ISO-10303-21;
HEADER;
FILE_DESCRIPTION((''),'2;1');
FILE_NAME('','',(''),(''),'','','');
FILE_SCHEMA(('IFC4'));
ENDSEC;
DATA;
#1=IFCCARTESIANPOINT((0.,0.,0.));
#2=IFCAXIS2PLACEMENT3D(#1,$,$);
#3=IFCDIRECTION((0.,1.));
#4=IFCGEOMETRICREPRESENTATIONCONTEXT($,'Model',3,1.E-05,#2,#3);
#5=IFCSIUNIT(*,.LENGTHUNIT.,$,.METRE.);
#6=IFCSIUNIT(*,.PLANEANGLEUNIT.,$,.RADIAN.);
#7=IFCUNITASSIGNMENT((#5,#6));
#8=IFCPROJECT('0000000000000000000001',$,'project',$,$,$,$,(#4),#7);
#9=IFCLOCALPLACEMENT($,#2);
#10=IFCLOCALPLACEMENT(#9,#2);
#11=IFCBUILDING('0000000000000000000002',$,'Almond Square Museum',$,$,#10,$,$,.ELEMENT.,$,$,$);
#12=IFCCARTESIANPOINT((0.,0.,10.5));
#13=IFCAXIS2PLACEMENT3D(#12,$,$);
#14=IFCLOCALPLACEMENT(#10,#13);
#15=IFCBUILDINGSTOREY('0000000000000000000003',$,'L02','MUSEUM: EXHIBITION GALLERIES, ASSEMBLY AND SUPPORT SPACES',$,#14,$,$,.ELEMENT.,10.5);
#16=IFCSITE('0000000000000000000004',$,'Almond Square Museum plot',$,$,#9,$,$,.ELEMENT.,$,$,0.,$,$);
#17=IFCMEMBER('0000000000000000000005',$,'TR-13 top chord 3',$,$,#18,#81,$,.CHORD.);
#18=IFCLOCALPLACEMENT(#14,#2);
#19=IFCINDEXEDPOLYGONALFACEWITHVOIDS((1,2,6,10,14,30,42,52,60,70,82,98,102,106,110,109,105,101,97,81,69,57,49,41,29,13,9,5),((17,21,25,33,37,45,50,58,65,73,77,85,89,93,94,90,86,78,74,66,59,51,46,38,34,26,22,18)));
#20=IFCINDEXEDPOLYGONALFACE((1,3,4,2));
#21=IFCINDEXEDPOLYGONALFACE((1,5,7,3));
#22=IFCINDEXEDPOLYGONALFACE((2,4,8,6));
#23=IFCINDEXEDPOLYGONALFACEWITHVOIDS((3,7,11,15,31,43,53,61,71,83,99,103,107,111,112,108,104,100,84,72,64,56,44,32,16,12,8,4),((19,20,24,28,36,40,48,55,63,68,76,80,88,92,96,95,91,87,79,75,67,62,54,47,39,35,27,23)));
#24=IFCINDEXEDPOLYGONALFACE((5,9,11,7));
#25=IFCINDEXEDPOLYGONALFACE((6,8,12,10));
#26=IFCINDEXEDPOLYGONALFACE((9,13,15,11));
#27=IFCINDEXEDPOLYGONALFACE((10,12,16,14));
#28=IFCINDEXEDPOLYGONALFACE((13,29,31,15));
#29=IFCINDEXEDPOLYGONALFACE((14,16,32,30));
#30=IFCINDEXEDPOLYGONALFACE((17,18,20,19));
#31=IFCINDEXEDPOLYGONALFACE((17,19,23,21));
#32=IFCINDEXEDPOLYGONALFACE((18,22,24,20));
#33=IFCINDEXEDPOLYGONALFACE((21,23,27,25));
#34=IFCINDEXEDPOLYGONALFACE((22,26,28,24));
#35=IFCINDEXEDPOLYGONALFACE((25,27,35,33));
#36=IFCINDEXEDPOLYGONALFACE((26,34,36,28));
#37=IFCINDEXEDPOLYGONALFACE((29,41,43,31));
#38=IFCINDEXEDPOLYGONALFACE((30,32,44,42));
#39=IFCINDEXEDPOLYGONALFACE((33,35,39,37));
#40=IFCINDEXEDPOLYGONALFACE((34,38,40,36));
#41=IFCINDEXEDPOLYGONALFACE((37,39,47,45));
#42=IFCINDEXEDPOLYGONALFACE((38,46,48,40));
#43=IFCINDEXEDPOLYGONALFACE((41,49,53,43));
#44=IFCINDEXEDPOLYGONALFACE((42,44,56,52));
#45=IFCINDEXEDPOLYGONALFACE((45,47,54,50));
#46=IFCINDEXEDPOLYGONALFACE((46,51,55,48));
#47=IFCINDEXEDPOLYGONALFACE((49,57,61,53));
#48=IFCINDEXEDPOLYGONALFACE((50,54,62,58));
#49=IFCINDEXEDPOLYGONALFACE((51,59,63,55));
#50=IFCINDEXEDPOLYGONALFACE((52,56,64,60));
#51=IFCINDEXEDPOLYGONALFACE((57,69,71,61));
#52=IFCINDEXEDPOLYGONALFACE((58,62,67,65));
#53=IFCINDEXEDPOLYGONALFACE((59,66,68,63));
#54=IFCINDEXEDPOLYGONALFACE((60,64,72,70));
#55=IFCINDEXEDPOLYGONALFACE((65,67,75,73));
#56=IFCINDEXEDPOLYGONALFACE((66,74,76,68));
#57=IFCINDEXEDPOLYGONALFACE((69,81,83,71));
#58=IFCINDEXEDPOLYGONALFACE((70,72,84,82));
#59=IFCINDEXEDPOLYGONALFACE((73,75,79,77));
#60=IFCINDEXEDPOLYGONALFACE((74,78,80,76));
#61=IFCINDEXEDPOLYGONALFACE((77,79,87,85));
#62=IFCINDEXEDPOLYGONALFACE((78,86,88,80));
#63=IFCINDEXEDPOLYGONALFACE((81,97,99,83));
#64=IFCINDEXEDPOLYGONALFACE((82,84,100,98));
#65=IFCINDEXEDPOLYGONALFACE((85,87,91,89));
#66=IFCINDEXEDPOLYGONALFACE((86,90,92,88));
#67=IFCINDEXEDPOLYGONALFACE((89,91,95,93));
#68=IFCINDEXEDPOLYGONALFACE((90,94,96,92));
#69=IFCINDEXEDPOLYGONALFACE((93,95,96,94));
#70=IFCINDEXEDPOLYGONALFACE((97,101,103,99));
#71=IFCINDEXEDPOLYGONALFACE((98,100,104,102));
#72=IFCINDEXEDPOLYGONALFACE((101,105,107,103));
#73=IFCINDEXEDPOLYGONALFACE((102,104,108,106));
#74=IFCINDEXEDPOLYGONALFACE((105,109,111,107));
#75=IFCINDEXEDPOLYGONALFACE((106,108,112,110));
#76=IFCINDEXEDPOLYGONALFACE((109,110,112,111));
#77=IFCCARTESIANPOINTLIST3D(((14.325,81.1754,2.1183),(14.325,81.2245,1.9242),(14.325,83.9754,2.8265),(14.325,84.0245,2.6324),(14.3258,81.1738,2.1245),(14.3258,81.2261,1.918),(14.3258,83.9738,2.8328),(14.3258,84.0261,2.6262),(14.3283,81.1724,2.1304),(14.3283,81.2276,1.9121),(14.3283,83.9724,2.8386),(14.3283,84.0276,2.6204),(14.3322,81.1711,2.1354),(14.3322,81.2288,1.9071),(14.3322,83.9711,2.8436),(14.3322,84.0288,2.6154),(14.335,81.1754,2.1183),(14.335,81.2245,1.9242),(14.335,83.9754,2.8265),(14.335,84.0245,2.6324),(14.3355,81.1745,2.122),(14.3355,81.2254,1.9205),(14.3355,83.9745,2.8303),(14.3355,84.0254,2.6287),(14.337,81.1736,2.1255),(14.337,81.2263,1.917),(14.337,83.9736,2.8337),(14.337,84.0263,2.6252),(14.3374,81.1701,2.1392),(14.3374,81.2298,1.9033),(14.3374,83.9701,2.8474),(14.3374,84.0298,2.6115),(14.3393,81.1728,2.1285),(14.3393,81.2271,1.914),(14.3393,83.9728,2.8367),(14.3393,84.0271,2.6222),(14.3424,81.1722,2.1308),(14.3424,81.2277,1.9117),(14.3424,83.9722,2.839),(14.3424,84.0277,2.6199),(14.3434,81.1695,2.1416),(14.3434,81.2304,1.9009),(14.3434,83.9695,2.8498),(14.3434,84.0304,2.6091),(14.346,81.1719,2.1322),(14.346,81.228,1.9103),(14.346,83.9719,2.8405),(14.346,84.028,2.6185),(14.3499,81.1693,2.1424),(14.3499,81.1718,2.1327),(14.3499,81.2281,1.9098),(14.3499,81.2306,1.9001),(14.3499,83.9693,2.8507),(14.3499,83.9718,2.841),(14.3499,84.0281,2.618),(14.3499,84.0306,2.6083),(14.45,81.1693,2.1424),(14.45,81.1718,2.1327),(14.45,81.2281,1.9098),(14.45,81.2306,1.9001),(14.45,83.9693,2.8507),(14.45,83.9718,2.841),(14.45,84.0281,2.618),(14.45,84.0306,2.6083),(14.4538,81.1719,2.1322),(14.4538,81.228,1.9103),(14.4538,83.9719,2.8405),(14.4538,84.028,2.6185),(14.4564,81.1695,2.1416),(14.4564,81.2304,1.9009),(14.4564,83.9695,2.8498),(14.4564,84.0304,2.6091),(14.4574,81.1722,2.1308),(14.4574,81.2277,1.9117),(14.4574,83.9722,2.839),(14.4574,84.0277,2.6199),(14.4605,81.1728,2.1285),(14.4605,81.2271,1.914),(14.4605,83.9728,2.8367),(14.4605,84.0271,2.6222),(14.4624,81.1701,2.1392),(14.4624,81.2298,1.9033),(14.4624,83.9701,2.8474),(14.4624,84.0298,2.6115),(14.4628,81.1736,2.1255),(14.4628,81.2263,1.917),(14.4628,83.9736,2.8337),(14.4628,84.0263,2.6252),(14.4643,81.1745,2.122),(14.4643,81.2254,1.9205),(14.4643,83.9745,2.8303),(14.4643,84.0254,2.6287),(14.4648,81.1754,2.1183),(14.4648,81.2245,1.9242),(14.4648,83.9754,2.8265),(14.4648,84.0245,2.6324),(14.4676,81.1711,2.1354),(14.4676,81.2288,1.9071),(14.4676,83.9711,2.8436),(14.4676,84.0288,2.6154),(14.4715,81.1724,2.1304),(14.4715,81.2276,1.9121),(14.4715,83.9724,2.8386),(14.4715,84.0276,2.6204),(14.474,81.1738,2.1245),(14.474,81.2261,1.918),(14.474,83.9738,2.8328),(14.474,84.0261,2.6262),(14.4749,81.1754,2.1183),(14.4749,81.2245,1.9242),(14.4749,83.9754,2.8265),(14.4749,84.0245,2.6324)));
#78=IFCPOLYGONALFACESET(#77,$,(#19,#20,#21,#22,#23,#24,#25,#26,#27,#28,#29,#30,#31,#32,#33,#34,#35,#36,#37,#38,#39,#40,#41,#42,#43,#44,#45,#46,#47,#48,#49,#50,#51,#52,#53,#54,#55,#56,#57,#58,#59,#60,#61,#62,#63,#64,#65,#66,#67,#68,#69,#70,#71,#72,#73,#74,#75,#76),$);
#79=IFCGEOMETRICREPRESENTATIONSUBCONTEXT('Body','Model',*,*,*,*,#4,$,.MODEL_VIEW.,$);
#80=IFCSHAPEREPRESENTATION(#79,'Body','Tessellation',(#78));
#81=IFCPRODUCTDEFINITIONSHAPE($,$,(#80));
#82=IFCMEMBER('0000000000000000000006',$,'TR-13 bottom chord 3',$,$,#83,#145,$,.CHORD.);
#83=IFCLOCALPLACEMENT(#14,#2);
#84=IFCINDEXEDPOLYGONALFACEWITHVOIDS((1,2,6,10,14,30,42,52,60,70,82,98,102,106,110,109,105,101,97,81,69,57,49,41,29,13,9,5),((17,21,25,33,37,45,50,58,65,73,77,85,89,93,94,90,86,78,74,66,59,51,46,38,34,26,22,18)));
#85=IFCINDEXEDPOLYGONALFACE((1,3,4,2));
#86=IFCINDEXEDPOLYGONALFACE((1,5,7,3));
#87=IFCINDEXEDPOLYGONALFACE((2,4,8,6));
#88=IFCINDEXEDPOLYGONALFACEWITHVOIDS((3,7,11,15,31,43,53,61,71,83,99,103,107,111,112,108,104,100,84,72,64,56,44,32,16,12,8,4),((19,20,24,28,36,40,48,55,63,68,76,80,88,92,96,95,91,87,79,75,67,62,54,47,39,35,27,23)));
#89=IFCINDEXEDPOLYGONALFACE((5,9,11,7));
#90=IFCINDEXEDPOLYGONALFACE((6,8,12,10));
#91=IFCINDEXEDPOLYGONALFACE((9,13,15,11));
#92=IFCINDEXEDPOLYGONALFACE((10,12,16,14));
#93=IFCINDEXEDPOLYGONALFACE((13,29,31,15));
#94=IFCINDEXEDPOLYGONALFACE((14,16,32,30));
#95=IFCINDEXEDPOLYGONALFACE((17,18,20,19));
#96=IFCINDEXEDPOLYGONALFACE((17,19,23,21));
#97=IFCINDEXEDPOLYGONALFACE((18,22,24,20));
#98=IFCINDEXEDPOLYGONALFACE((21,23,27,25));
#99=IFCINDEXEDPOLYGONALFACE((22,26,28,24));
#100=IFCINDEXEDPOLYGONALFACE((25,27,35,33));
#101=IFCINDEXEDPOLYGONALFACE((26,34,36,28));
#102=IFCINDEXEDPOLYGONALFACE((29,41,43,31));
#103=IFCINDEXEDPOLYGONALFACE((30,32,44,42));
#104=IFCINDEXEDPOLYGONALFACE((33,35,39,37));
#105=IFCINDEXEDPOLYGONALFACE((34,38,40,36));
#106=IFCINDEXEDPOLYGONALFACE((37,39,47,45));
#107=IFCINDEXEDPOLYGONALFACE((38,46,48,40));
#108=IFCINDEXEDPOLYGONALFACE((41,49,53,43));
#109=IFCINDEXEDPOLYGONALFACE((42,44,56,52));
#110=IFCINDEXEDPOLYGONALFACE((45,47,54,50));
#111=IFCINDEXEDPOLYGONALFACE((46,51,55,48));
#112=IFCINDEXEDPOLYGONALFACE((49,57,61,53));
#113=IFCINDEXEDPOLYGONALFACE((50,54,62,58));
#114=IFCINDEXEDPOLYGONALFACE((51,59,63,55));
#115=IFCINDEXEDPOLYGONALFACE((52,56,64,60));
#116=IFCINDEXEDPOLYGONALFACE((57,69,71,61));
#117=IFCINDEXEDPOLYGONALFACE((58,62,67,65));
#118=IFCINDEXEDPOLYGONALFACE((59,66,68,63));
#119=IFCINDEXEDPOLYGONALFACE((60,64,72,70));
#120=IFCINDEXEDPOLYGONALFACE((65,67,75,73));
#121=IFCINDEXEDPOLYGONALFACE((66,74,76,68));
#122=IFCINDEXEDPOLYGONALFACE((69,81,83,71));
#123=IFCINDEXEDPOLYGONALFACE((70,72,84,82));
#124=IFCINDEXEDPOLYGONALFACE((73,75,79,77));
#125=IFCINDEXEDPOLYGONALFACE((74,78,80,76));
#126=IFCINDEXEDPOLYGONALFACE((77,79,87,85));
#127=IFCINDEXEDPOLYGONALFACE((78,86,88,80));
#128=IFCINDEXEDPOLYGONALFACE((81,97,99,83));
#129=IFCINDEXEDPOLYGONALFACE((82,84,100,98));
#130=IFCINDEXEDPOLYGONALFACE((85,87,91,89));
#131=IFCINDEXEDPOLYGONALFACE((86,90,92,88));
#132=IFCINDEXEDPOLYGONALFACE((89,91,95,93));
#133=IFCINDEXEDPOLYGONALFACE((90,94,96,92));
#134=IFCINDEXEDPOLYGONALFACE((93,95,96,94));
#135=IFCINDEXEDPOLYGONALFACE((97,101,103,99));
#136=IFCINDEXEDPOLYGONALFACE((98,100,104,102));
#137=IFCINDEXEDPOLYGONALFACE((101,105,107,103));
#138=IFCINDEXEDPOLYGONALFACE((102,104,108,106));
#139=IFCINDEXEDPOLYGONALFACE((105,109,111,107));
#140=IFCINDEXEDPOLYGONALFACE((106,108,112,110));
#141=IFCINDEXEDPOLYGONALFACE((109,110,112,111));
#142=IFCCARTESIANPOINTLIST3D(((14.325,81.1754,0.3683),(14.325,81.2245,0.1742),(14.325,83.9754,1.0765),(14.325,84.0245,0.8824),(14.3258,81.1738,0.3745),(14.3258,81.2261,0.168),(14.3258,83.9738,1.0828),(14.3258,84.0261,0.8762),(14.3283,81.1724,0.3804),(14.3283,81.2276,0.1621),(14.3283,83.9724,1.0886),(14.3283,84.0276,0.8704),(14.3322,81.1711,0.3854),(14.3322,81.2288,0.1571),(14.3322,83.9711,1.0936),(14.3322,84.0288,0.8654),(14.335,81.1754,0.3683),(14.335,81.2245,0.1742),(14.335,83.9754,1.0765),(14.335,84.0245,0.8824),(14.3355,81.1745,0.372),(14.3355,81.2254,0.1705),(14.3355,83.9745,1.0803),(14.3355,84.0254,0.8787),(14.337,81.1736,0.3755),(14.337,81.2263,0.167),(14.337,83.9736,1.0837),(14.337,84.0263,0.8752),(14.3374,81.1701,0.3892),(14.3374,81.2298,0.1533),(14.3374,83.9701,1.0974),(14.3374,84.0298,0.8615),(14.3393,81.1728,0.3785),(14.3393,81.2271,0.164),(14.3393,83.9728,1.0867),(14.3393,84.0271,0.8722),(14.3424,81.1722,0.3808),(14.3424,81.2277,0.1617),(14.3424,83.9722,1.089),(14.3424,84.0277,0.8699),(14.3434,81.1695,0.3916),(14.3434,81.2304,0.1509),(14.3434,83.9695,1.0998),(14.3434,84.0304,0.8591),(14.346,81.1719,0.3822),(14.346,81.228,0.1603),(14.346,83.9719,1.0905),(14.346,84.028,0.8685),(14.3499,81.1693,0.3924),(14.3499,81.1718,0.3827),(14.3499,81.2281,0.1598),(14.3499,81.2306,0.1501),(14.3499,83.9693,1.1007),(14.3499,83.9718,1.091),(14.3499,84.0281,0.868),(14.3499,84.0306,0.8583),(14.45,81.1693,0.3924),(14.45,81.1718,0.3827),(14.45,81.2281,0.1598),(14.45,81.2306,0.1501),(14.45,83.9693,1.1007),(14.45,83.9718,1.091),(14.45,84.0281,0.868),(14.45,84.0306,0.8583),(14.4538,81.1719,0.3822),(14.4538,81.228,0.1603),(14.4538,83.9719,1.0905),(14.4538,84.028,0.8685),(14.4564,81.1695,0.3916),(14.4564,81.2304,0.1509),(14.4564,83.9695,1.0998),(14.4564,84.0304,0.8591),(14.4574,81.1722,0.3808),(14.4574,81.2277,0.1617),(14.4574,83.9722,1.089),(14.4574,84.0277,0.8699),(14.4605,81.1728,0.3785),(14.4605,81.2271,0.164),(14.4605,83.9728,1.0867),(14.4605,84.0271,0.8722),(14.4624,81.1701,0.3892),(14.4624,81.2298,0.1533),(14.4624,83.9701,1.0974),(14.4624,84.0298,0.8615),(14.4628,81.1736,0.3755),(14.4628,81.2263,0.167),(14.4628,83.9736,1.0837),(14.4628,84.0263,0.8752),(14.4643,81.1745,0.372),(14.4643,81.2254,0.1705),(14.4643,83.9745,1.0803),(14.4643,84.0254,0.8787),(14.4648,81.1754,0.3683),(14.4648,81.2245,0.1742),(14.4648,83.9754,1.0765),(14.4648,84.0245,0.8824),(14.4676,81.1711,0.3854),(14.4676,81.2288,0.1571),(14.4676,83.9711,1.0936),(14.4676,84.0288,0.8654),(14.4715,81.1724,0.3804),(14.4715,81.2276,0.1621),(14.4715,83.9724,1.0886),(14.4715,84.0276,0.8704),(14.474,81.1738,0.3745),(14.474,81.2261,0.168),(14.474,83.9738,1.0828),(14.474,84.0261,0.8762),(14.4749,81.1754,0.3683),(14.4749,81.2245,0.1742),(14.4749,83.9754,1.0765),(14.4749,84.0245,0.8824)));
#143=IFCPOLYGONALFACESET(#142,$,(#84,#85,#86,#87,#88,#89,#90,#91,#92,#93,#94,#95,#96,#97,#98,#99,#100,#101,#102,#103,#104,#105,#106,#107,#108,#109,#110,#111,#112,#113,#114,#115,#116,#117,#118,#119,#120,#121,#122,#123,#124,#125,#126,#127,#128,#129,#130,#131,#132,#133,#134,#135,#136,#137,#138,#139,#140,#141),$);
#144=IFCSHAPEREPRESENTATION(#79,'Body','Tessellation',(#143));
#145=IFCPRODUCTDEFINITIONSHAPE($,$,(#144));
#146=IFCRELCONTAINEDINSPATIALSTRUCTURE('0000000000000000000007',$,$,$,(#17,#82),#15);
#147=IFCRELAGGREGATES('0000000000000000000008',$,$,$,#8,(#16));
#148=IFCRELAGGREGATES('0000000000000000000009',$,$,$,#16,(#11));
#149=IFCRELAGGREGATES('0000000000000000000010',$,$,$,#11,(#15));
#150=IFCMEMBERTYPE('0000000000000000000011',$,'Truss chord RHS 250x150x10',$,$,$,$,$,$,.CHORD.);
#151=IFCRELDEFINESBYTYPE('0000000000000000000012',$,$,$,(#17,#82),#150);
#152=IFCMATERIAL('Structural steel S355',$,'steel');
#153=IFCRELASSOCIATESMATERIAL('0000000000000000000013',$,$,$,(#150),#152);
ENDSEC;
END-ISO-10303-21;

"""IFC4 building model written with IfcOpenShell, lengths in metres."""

from ifc_helpers import new_model, si_unit, direction, frame, origin, origin_2d, place, context, subcontext, project, spatial, hollow_rectangle, extrude, material, material_profile, profile_set, type_object, element, save


model = new_model("IFC4")

# Units and contexts
model_context = context("Model", 3, precision=1e-05, world=origin(), true_north=direction((0.0, 1.0)))
body_context = subcontext(model_context, "Body", "Model", "MODEL_VIEW")
ifc_project = project(units=[si_unit("LENGTHUNIT", "METRE"), si_unit("PLANEANGLEUNIT", "RADIAN")], contexts=[model_context])

# Site, building, storey
site_placement = place(None, origin())
site = spatial("IfcSite", under=ifc_project, at=site_placement, Name="Almond Square Museum plot", CompositionType="ELEMENT", RefElevation=0.0)
building_placement = place(site_placement, origin())
building = spatial("IfcBuilding", under=site, at=building_placement, Name="Almond Square Museum", CompositionType="ELEMENT")
storey_placement = place(building_placement, frame((0.0, 0.0, 10.5)))
storey = spatial("IfcBuildingStorey", under=building, at=storey_placement, Name="L02", Description="MUSEUM: EXHIBITION GALLERIES, ASSEMBLY AND SUPPORT SPACES", CompositionType="ELEMENT", Elevation=10.5)

# Members
ifc_material_1 = material(Name="Structural steel S355", Category="steel")
ifc_material_profile_1 = material_profile(ifc_material_1, hollow_rectangle(XDim=0.1499, YDim=0.25, WallThickness=0.01, InnerFilletRadius=0.0149, OuterFilletRadius=0.0249, at=origin_2d()))
ifc_profile_set_1 = profile_set([ifc_material_profile_1], Name="Structural steel S355")
member_type_1 = type_object("IfcMemberType", Name="Truss chord RHS 250x150x10", PredefinedType="CHORD", material=ifc_profile_set_1)
for number, where, z_axis, x_axis, name in (
    (1, (14.3999, 81.2, 2.0212), (0.0, 0.969468, 0.24522), (-1.0, 0.0, 0.0), "TR-13 top chord 3"),
    (2, (14.3999, 81.2, 0.2712), (0.0, 0.969468, 0.24522), (-1.0, 0.0, 0.0), "TR-13 bottom chord 3"),
):
    element("IfcMember", number, at=place(storey_placement, frame(where, z_axis=z_axis, x_axis=x_axis)), inside=storey, type_object=member_type_1, Name=name, PredefinedType="CHORD", context=body_context, shape_type="SweptSolid", body=[
        extrude(hollow_rectangle(XDim=0.1499, YDim=0.25, WallThickness=0.01, InnerFilletRadius=0.0149, OuterFilletRadius=0.0249, at=origin_2d()), origin(), (0.0, 0.0, 1.0), 2.8882),
    ])

save(model, "model.ifc")
